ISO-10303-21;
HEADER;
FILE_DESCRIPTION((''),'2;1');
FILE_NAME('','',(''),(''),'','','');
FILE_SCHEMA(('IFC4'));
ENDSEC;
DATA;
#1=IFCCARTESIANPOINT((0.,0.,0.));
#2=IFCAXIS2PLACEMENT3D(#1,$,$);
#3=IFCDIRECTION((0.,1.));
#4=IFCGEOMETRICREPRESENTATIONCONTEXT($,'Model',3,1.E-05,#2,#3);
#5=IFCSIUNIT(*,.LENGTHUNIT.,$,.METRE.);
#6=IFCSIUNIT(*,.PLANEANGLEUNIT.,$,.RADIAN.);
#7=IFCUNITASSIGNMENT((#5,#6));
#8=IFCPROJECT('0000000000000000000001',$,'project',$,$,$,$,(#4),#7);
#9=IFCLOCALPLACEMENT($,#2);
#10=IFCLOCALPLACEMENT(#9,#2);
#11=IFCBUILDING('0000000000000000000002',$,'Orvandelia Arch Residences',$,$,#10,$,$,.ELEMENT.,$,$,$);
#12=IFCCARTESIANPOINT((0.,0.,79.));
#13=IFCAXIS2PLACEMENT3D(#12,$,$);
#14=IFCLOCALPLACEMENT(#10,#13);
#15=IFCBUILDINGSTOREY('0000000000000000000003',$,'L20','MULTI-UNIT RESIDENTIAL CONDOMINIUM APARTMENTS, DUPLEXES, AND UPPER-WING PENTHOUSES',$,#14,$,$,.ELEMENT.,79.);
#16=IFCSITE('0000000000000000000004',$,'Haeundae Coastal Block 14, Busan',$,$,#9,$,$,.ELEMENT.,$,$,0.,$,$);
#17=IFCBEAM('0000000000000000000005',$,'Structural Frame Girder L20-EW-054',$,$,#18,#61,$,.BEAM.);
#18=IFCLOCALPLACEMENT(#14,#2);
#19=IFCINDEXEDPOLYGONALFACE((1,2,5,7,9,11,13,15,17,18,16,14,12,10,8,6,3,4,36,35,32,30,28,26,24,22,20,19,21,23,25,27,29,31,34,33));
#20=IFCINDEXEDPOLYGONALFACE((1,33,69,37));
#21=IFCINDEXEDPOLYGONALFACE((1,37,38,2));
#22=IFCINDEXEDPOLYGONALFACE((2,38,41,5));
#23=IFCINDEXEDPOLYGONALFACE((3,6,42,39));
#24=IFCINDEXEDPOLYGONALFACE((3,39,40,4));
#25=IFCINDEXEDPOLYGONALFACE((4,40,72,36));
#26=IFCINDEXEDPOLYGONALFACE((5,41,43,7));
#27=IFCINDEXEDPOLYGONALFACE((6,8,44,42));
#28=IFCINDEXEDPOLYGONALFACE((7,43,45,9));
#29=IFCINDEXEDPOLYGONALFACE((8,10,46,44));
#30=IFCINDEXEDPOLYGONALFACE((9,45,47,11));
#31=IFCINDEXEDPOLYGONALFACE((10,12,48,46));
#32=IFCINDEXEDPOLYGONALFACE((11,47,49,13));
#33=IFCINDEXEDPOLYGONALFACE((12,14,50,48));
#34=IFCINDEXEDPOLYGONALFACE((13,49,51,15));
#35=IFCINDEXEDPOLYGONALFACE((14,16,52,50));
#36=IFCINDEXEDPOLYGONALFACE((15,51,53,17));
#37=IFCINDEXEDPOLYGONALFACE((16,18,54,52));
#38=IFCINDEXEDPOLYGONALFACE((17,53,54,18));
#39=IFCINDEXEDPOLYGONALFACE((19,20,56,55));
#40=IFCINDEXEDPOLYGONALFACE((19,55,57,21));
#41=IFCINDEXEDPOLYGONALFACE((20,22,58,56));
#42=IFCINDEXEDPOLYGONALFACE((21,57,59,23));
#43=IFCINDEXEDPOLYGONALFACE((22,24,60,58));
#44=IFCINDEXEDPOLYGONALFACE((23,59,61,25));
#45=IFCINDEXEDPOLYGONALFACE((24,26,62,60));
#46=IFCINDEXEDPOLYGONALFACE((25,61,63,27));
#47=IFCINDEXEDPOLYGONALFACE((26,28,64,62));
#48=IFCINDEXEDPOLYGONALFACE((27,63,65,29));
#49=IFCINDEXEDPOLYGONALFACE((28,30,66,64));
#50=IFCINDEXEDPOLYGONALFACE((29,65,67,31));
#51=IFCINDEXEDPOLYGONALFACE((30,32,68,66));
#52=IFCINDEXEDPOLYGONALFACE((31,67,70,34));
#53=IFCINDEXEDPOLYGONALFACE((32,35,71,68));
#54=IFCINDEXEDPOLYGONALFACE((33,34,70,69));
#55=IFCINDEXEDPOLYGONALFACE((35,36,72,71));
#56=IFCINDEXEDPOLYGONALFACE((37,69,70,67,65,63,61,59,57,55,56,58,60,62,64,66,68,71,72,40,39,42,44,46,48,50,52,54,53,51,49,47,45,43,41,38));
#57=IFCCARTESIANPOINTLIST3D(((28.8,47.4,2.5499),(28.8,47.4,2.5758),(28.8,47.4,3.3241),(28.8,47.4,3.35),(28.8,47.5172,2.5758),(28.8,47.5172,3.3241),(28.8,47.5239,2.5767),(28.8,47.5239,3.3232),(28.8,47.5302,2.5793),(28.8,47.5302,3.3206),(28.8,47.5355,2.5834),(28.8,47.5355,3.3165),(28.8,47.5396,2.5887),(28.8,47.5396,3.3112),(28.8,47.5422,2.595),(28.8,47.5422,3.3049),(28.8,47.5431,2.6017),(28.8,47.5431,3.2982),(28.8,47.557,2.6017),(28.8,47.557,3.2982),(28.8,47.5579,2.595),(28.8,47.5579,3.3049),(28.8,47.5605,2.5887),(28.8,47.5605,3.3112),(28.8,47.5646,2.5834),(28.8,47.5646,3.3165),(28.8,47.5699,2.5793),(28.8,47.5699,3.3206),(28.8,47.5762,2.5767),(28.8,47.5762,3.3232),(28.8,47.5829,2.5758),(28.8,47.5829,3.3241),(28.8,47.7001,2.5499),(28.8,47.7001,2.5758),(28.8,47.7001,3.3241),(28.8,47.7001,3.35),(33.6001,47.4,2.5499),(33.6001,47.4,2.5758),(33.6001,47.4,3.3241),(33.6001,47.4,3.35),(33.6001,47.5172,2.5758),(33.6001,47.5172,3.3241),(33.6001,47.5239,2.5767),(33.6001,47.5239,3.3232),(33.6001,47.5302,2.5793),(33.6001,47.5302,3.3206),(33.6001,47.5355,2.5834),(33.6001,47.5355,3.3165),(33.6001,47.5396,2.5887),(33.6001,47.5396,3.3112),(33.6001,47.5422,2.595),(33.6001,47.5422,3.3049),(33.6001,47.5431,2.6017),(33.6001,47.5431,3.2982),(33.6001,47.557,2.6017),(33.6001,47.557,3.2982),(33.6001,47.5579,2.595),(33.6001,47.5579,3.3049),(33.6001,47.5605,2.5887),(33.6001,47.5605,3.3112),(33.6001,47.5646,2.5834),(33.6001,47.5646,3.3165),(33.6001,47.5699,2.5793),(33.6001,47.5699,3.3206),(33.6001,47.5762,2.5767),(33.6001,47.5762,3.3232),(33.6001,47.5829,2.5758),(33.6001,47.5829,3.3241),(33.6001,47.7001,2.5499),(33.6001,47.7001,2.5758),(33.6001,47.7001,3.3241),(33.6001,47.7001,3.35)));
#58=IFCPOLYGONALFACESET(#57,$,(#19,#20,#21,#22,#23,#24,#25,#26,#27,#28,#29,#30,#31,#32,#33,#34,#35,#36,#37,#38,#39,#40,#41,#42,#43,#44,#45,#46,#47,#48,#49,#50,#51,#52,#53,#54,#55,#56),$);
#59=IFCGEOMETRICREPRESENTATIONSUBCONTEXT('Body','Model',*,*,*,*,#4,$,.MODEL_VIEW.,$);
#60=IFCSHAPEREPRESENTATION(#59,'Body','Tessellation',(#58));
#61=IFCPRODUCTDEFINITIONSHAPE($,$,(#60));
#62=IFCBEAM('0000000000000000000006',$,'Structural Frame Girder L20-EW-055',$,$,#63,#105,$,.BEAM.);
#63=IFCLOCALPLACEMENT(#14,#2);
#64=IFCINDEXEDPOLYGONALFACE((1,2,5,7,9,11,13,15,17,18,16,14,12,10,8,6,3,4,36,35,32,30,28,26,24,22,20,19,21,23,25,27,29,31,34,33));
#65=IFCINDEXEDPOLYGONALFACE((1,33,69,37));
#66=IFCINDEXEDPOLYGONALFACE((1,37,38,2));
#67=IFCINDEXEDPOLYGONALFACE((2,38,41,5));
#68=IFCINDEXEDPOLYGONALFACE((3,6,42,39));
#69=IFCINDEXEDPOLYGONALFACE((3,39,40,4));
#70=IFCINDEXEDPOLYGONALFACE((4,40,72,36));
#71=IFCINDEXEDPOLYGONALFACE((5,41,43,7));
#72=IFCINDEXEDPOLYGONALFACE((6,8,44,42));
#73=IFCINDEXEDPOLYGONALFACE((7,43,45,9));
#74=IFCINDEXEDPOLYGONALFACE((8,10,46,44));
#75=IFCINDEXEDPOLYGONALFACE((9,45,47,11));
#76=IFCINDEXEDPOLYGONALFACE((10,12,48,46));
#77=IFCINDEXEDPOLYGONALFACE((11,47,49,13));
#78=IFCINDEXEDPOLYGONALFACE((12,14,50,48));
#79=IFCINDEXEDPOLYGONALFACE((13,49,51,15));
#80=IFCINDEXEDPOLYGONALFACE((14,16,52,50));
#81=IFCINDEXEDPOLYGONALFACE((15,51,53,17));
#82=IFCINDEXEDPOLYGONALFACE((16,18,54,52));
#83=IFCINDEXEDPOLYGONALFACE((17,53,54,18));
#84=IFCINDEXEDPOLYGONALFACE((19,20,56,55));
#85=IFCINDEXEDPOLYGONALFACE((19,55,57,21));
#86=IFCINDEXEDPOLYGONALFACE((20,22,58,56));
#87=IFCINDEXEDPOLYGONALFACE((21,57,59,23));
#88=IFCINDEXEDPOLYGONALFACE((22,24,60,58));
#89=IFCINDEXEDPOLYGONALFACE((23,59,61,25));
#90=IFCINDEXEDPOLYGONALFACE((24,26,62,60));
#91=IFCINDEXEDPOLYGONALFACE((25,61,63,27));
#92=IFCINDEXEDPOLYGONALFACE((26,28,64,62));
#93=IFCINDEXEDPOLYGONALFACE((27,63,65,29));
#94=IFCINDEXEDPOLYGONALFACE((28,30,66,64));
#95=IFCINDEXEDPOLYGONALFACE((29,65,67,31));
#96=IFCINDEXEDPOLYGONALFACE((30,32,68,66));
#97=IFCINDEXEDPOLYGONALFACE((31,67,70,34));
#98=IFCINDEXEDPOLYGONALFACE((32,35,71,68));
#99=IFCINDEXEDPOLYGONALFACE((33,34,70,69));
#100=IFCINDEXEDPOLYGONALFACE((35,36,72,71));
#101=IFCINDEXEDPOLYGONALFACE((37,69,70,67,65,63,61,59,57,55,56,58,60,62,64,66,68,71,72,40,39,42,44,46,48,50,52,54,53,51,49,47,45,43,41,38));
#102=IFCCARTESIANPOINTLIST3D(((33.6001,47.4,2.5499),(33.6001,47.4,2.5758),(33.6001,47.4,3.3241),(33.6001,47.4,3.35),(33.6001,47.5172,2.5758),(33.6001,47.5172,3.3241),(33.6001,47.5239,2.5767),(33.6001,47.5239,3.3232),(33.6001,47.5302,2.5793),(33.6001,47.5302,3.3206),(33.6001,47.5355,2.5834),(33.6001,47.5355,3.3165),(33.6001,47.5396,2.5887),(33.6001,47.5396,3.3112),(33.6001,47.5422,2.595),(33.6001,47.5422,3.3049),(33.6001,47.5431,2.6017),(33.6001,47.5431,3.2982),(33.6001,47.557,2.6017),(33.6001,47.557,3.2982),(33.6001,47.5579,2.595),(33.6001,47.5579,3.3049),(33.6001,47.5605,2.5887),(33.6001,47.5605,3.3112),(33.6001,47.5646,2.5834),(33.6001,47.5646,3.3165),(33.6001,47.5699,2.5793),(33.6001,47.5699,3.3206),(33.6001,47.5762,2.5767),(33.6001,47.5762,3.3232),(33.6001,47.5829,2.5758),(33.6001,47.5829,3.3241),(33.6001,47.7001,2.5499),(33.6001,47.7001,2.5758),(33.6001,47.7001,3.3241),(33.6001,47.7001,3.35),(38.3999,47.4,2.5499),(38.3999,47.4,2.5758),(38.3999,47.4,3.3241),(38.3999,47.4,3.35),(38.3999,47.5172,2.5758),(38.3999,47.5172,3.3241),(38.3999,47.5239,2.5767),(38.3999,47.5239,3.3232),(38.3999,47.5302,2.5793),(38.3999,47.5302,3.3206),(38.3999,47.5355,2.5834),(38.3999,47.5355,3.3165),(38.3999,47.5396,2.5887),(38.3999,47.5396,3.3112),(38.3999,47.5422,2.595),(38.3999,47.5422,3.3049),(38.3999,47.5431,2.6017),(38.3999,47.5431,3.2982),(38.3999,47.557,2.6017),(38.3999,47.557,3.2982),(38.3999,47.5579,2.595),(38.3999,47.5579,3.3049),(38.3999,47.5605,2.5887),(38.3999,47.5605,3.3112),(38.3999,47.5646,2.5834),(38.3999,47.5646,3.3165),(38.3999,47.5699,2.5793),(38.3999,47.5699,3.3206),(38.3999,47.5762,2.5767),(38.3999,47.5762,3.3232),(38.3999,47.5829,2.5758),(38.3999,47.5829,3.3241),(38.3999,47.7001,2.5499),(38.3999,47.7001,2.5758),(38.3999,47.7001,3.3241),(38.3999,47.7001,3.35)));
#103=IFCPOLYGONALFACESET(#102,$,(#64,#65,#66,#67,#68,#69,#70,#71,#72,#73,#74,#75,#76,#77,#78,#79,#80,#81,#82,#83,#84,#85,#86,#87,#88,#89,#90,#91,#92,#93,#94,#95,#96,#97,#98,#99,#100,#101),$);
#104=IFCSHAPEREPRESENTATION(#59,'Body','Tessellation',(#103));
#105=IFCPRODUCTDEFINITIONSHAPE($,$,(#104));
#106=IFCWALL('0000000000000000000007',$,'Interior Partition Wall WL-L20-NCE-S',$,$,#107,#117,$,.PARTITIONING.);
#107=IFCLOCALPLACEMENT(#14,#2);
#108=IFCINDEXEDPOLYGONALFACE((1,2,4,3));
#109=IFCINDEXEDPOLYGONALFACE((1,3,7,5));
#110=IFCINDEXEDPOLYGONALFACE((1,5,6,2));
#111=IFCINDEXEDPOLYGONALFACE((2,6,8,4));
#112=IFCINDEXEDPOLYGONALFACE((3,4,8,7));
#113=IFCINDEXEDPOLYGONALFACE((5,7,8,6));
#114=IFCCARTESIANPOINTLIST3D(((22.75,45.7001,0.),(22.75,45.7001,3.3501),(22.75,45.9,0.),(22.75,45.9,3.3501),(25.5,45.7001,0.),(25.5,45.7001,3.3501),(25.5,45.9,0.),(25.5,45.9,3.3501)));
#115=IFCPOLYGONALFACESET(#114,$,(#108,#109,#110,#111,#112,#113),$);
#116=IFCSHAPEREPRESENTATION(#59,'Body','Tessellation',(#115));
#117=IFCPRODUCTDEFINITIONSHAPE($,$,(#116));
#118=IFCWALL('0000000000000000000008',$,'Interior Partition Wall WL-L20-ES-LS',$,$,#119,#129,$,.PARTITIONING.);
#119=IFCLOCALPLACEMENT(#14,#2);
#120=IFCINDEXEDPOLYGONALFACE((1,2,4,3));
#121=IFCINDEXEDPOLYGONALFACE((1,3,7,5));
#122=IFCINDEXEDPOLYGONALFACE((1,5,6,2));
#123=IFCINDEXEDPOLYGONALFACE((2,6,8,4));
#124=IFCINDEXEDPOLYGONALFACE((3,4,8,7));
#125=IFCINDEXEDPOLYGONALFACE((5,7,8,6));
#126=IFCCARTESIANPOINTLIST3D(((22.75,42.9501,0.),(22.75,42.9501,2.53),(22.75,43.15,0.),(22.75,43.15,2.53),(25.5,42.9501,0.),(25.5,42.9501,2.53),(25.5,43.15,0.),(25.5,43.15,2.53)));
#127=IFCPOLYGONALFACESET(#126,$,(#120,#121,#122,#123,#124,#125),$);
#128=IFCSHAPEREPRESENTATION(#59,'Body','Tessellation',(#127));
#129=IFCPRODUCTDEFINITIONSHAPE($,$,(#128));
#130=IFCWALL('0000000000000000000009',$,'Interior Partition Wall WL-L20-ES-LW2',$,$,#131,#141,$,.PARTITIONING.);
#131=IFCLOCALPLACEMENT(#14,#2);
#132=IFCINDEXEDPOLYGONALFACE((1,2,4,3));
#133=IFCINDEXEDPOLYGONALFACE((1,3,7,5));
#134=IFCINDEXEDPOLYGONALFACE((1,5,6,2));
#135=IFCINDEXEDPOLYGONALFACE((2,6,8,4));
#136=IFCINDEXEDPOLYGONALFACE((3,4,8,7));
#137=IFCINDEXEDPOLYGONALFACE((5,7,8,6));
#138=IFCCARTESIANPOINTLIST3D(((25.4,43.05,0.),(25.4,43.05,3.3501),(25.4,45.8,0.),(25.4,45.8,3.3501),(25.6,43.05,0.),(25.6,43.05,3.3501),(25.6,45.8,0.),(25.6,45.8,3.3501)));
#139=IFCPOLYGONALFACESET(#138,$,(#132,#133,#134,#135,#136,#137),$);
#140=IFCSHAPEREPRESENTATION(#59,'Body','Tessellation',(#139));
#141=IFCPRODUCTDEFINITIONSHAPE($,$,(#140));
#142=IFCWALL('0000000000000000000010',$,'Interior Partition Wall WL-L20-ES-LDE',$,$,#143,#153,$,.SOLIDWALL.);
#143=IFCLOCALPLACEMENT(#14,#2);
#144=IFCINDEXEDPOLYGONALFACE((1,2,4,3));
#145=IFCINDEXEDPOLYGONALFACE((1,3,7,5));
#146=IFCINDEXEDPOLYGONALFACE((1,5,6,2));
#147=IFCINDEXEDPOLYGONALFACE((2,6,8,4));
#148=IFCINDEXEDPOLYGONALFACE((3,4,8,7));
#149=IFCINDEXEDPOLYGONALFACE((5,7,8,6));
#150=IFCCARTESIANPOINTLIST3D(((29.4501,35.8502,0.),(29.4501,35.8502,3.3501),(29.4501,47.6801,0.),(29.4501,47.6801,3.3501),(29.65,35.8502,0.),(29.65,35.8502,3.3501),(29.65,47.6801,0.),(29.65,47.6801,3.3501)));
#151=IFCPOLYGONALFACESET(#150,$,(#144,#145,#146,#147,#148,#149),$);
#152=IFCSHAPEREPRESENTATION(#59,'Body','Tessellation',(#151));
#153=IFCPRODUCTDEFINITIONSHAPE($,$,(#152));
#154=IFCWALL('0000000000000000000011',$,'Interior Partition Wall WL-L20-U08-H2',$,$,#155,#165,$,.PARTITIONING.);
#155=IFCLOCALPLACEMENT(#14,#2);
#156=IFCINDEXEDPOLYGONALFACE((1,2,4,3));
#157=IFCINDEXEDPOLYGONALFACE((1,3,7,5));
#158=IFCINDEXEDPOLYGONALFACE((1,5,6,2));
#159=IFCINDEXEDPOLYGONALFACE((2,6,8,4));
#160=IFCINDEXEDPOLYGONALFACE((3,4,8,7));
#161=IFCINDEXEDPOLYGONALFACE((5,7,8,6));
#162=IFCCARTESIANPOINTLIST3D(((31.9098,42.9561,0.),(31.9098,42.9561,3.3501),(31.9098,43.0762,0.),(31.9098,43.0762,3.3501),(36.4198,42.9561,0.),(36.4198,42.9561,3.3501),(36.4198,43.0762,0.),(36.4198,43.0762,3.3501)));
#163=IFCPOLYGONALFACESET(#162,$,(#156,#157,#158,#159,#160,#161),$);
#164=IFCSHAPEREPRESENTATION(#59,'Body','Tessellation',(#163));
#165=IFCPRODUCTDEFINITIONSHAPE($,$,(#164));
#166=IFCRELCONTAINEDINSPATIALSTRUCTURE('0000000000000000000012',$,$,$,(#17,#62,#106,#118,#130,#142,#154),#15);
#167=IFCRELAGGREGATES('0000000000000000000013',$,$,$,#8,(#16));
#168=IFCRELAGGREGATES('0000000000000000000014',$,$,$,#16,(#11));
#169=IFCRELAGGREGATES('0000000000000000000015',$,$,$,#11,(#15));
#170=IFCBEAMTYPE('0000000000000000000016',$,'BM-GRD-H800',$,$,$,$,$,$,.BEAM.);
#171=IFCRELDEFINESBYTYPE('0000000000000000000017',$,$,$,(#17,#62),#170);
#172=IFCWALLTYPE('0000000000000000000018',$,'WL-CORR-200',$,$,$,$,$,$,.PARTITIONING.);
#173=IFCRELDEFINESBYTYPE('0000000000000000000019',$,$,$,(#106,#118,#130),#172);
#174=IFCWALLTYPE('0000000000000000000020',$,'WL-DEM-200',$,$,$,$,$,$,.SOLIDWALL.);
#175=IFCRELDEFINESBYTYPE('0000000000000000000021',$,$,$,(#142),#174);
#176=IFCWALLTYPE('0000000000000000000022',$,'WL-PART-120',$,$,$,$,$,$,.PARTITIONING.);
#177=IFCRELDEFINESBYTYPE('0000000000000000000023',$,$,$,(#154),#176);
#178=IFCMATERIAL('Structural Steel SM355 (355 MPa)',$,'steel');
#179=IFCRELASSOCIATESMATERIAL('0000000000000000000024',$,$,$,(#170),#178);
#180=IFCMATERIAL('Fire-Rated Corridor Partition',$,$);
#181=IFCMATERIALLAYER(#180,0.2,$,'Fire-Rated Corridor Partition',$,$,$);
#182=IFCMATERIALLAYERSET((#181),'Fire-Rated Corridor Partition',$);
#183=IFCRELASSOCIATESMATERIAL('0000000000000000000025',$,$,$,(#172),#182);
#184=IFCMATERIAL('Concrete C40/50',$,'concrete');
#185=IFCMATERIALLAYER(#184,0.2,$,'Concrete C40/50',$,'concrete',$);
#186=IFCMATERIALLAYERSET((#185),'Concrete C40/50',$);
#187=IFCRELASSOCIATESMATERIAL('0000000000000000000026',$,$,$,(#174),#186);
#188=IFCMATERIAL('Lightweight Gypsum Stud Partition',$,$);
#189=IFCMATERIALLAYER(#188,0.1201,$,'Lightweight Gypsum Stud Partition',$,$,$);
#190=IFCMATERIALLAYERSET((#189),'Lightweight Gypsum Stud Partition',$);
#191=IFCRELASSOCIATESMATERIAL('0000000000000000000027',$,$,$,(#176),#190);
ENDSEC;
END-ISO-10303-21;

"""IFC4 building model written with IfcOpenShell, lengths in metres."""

from ifc_helpers import new_model, si_unit, direction, frame, frame_2d, origin, origin_2d, place, context, subcontext, project, spatial, rectangle, i_section, extrude, material, layer, layer_set, material_profile, profile_set, type_object, element, save


model = new_model("IFC4")

# Units and contexts
model_context = context("Model", 3, precision=1e-05, world=origin(), true_north=direction((0.0, 1.0)))
body_context = subcontext(model_context, "Body", "Model", "MODEL_VIEW")
ifc_project = project(units=[si_unit("LENGTHUNIT", "METRE"), si_unit("PLANEANGLEUNIT", "RADIAN")], contexts=[model_context])

# Site, building, storey
site_placement = place(None, origin())
site = spatial("IfcSite", under=ifc_project, at=site_placement, Name="Haeundae Coastal Block 14, Busan", CompositionType="ELEMENT", RefElevation=0.0)
building_placement = place(site_placement, origin())
building = spatial("IfcBuilding", under=site, at=building_placement, Name="Orvandelia Arch Residences", CompositionType="ELEMENT")
storey_placement = place(building_placement, frame((0.0, 0.0, 79.0)))
storey = spatial("IfcBuildingStorey", under=building, at=storey_placement, Name="L20", Description="MULTI-UNIT RESIDENTIAL CONDOMINIUM APARTMENTS, DUPLEXES, AND UPPER-WING PENTHOUSES", CompositionType="ELEMENT", Elevation=79.0)

# Beams
ifc_material_1 = material(Name="Structural Steel SM355 (355 MPa)", Category="steel")
ifc_material_profile_1 = material_profile(ifc_material_1, i_section(OverallWidth=0.3, OverallDepth=0.8, WebThickness=0.0139, FlangeThickness=0.0259, FilletRadius=0.0259, at=origin_2d()), Name="Structural Steel SM355 (355 MPa)", Category="steel")
ifc_profile_set_1 = profile_set([ifc_material_profile_1], Name="Structural Steel SM355 (355 MPa)")
beam_type = type_object("IfcBeamType", Name="BM-GRD-H800", PredefinedType="BEAM", material=ifc_profile_set_1)
beam_1_placement = place(storey_placement, frame((28.8, 47.55, 2.95), z_axis=(1.0, 0.0, 0.0), x_axis=(0.0, 1.0, 0.0)))
element("IfcBeam", 1, at=beam_1_placement, inside=storey, type_object=beam_type, Name="Structural Frame Girder L20-EW-054", PredefinedType="BEAM", context=body_context, shape_type="SweptSolid", body=[
    extrude(i_section(OverallWidth=0.3, OverallDepth=0.8, WebThickness=0.0139, FlangeThickness=0.0259, FilletRadius=0.0259, at=origin_2d()), origin(), (0.0, 0.0, 1.0), 4.8),
])
beam_2_placement = place(storey_placement, frame((33.6001, 47.55, 2.95), z_axis=(1.0, 0.0, 0.0), x_axis=(0.0, 1.0, 0.0)))
element("IfcBeam", 2, at=beam_2_placement, inside=storey, type_object=beam_type, Name="Structural Frame Girder L20-EW-055", PredefinedType="BEAM", context=body_context, shape_type="SweptSolid", body=[
    extrude(i_section(OverallWidth=0.3, OverallDepth=0.8, WebThickness=0.0139, FlangeThickness=0.0259, FilletRadius=0.0259, at=origin_2d()), origin(), (0.0, 0.0, 1.0), 4.7998),
])

# Walls
ifc_material_2 = material(Name="Fire-Rated Corridor Partition")
ifc_layer_1 = layer(ifc_material_2, 0.2, Name="Fire-Rated Corridor Partition")
ifc_layer_set_1 = layer_set([ifc_layer_1], Name="Fire-Rated Corridor Partition")
wall_type_1 = type_object("IfcWallType", Name="WL-CORR-200", PredefinedType="PARTITIONING", material=ifc_layer_set_1)
wall_1_placement = place(storey_placement, frame((22.75, 45.8, 0.0), z_axis=(0.0, 0.0, 1.0), x_axis=(1.0, 0.0, 0.0)))
element("IfcWall", 3, at=wall_1_placement, inside=storey, type_object=wall_type_1, Name="Interior Partition Wall WL-L20-NCE-S", PredefinedType="PARTITIONING", context=body_context, shape_type="SweptSolid", body=[
    extrude(rectangle(XDim=2.75, YDim=0.2, at=frame_2d((1.375, 0.0))), origin(), (0.0, 0.0, 1.0), 3.3501),
])
wall_2_placement = place(storey_placement, frame((22.75, 43.05, 0.0), z_axis=(0.0, 0.0, 1.0), x_axis=(1.0, 0.0, 0.0)))
element("IfcWall", 4, at=wall_2_placement, inside=storey, type_object=wall_type_1, Name="Interior Partition Wall WL-L20-ES-LS", PredefinedType="PARTITIONING", context=body_context, shape_type="SweptSolid", body=[
    extrude(rectangle(XDim=2.75, YDim=0.2, at=frame_2d((1.375, 0.0))), origin(), (0.0, 0.0, 1.0), 2.53),
])
wall_3_placement = place(storey_placement, frame((25.5, 43.05, 0.0), z_axis=(0.0, 0.0, 1.0), x_axis=(0.0, 1.0, 0.0)))
element("IfcWall", 5, at=wall_3_placement, inside=storey, type_object=wall_type_1, Name="Interior Partition Wall WL-L20-ES-LW2", PredefinedType="PARTITIONING", context=body_context, shape_type="SweptSolid", body=[
    extrude(rectangle(XDim=2.75, YDim=0.2, at=frame_2d((1.375, 0.0))), origin(), (0.0, 0.0, 1.0), 3.3501),
])
ifc_material_3 = material(Name="Concrete C40/50", Category="concrete")
ifc_layer_2 = layer(ifc_material_3, 0.2, Name="Concrete C40/50", Category="concrete")
ifc_layer_set_2 = layer_set([ifc_layer_2], Name="Concrete C40/50")
wall_type_2 = type_object("IfcWallType", Name="WL-DEM-200", PredefinedType="SOLIDWALL", material=ifc_layer_set_2)
wall_4_placement = place(storey_placement, frame((29.55, 35.8501, 0.0), z_axis=(0.0, 0.0, 1.0), x_axis=(0.0, 1.0, 0.0)))
element("IfcWall", 6, at=wall_4_placement, inside=storey, type_object=wall_type_2, Name="Interior Partition Wall WL-L20-ES-LDE", PredefinedType="SOLIDWALL", context=body_context, shape_type="SweptSolid", body=[
    extrude(rectangle(XDim=11.8298, YDim=0.2, at=frame_2d((5.915, 0.0))), origin(), (0.0, 0.0, 1.0), 3.3501),
])
ifc_material_4 = material(Name="Lightweight Gypsum Stud Partition")
ifc_layer_3 = layer(ifc_material_4, 0.1201, Name="Lightweight Gypsum Stud Partition")
ifc_layer_set_3 = layer_set([ifc_layer_3], Name="Lightweight Gypsum Stud Partition")
wall_type_3 = type_object("IfcWallType", Name="WL-PART-120", PredefinedType="PARTITIONING", material=ifc_layer_set_3)
wall_5_placement = place(storey_placement, frame((31.9099, 43.0161, 0.0), z_axis=(0.0, 0.0, 1.0), x_axis=(1.0, 0.0, 0.0)))
element("IfcWall", 7, at=wall_5_placement, inside=storey, type_object=wall_type_3, Name="Interior Partition Wall WL-L20-U08-H2", PredefinedType="PARTITIONING", context=body_context, shape_type="SweptSolid", body=[
    extrude(rectangle(XDim=4.51, YDim=0.1201, at=frame_2d((2.2549, 0.0))), origin(), (0.0, 0.0, 1.0), 3.3501),
])

save(model, "model.ifc")
